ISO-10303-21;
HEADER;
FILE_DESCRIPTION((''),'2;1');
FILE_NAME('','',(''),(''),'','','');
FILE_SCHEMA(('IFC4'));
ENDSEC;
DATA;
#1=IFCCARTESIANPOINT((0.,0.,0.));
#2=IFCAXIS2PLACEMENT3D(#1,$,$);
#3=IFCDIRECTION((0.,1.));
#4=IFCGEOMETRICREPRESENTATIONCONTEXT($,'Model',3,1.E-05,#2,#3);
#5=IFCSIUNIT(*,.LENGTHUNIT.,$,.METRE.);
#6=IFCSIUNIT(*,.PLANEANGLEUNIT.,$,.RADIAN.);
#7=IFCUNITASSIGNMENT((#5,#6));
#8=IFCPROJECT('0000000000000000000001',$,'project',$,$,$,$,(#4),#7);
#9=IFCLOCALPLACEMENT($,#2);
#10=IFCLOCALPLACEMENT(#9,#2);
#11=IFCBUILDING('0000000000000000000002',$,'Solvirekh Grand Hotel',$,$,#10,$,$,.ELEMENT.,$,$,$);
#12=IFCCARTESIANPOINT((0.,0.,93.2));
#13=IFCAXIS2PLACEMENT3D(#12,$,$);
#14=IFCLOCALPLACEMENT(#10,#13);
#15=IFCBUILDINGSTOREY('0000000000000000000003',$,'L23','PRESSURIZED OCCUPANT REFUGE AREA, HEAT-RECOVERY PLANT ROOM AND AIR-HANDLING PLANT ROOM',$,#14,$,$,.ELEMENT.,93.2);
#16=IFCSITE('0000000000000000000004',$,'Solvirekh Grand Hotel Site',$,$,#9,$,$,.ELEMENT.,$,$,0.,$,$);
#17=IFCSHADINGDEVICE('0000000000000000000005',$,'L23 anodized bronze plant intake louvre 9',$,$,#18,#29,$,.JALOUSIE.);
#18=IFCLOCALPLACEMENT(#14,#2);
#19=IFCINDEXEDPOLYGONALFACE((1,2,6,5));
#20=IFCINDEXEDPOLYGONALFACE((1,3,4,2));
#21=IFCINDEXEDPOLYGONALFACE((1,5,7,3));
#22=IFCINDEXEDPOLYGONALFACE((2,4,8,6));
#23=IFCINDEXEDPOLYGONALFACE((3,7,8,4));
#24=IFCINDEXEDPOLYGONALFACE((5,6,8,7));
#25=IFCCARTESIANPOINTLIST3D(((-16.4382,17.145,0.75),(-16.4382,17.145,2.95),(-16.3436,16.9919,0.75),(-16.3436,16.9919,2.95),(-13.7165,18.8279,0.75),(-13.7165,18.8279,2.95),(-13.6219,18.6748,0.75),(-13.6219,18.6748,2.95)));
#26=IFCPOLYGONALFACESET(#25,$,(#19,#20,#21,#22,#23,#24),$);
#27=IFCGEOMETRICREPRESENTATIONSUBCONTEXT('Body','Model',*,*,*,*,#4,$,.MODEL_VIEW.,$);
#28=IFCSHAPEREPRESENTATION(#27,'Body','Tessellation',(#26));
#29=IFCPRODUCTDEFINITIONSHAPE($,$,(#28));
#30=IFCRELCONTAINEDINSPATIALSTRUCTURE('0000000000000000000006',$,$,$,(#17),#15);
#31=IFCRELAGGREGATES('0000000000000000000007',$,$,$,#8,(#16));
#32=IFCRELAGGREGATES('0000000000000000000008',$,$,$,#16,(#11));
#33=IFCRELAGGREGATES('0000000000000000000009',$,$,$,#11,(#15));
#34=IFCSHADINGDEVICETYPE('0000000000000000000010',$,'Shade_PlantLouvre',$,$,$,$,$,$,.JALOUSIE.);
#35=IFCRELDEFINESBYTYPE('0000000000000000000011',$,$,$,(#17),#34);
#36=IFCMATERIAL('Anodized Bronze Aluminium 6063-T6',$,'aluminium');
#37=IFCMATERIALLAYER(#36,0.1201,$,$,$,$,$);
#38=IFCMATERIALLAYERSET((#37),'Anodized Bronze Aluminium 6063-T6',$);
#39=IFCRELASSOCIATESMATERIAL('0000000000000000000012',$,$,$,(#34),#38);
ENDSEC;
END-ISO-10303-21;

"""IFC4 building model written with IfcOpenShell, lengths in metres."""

from ifc_helpers import new_model, si_unit, direction, frame, origin, origin_2d, place, context, subcontext, project, spatial, rectangle, extrude, material, layer, layer_set, type_object, element, save


model = new_model("IFC4")

# Units and contexts
model_context = context("Model", 3, precision=1e-05, world=origin(), true_north=direction((0.0, 1.0)))
body_context = subcontext(model_context, "Body", "Model", "MODEL_VIEW")
ifc_project = project(units=[si_unit("LENGTHUNIT", "METRE"), si_unit("PLANEANGLEUNIT", "RADIAN")], contexts=[model_context])

# Site, building, storey
site_placement = place(None, origin())
site = spatial("IfcSite", under=ifc_project, at=site_placement, Name="Solvirekh Grand Hotel Site", CompositionType="ELEMENT", RefElevation=0.0)
building_placement = place(site_placement, origin())
building = spatial("IfcBuilding", under=site, at=building_placement, Name="Solvirekh Grand Hotel", CompositionType="ELEMENT")
storey_placement = place(building_placement, frame((0.0, 0.0, 93.2)))
storey = spatial("IfcBuildingStorey", under=building, at=storey_placement, Name="L23", Description="PRESSURIZED OCCUPANT REFUGE AREA, HEAT-RECOVERY PLANT ROOM AND AIR-HANDLING PLANT ROOM", CompositionType="ELEMENT", Elevation=93.2)

# Shared definitions
ifc_material_1 = material(Name="Anodized Bronze Aluminium 6063-T6", Category="aluminium")

# Shading device
ifc_layer_1 = layer(ifc_material_1, 0.1201)
ifc_layer_set_1 = layer_set([ifc_layer_1], Name="Anodized Bronze Aluminium 6063-T6")
shading_device_type = type_object("IfcShadingDeviceType", Name="Shade_PlantLouvre", PredefinedType="JALOUSIE", material=ifc_layer_set_1)
shading_device_placement = place(storey_placement, frame((-15.03, 17.9099, 0.75), z_axis=(0.0, 0.0, 1.0), x_axis=(0.850536, 0.525917, 0.0)))
element("IfcShadingDevice", 1, at=shading_device_placement, inside=storey, type_object=shading_device_type, Name="L23 anodized bronze plant intake louvre 9", PredefinedType="JALOUSIE", context=body_context, shape_type="SweptSolid", body=[
    extrude(rectangle(XDim=3.2, YDim=0.1799, at=origin_2d()), origin(), (0.0, 0.0, 1.0), 2.2),
])

save(model, "model.ifc")
